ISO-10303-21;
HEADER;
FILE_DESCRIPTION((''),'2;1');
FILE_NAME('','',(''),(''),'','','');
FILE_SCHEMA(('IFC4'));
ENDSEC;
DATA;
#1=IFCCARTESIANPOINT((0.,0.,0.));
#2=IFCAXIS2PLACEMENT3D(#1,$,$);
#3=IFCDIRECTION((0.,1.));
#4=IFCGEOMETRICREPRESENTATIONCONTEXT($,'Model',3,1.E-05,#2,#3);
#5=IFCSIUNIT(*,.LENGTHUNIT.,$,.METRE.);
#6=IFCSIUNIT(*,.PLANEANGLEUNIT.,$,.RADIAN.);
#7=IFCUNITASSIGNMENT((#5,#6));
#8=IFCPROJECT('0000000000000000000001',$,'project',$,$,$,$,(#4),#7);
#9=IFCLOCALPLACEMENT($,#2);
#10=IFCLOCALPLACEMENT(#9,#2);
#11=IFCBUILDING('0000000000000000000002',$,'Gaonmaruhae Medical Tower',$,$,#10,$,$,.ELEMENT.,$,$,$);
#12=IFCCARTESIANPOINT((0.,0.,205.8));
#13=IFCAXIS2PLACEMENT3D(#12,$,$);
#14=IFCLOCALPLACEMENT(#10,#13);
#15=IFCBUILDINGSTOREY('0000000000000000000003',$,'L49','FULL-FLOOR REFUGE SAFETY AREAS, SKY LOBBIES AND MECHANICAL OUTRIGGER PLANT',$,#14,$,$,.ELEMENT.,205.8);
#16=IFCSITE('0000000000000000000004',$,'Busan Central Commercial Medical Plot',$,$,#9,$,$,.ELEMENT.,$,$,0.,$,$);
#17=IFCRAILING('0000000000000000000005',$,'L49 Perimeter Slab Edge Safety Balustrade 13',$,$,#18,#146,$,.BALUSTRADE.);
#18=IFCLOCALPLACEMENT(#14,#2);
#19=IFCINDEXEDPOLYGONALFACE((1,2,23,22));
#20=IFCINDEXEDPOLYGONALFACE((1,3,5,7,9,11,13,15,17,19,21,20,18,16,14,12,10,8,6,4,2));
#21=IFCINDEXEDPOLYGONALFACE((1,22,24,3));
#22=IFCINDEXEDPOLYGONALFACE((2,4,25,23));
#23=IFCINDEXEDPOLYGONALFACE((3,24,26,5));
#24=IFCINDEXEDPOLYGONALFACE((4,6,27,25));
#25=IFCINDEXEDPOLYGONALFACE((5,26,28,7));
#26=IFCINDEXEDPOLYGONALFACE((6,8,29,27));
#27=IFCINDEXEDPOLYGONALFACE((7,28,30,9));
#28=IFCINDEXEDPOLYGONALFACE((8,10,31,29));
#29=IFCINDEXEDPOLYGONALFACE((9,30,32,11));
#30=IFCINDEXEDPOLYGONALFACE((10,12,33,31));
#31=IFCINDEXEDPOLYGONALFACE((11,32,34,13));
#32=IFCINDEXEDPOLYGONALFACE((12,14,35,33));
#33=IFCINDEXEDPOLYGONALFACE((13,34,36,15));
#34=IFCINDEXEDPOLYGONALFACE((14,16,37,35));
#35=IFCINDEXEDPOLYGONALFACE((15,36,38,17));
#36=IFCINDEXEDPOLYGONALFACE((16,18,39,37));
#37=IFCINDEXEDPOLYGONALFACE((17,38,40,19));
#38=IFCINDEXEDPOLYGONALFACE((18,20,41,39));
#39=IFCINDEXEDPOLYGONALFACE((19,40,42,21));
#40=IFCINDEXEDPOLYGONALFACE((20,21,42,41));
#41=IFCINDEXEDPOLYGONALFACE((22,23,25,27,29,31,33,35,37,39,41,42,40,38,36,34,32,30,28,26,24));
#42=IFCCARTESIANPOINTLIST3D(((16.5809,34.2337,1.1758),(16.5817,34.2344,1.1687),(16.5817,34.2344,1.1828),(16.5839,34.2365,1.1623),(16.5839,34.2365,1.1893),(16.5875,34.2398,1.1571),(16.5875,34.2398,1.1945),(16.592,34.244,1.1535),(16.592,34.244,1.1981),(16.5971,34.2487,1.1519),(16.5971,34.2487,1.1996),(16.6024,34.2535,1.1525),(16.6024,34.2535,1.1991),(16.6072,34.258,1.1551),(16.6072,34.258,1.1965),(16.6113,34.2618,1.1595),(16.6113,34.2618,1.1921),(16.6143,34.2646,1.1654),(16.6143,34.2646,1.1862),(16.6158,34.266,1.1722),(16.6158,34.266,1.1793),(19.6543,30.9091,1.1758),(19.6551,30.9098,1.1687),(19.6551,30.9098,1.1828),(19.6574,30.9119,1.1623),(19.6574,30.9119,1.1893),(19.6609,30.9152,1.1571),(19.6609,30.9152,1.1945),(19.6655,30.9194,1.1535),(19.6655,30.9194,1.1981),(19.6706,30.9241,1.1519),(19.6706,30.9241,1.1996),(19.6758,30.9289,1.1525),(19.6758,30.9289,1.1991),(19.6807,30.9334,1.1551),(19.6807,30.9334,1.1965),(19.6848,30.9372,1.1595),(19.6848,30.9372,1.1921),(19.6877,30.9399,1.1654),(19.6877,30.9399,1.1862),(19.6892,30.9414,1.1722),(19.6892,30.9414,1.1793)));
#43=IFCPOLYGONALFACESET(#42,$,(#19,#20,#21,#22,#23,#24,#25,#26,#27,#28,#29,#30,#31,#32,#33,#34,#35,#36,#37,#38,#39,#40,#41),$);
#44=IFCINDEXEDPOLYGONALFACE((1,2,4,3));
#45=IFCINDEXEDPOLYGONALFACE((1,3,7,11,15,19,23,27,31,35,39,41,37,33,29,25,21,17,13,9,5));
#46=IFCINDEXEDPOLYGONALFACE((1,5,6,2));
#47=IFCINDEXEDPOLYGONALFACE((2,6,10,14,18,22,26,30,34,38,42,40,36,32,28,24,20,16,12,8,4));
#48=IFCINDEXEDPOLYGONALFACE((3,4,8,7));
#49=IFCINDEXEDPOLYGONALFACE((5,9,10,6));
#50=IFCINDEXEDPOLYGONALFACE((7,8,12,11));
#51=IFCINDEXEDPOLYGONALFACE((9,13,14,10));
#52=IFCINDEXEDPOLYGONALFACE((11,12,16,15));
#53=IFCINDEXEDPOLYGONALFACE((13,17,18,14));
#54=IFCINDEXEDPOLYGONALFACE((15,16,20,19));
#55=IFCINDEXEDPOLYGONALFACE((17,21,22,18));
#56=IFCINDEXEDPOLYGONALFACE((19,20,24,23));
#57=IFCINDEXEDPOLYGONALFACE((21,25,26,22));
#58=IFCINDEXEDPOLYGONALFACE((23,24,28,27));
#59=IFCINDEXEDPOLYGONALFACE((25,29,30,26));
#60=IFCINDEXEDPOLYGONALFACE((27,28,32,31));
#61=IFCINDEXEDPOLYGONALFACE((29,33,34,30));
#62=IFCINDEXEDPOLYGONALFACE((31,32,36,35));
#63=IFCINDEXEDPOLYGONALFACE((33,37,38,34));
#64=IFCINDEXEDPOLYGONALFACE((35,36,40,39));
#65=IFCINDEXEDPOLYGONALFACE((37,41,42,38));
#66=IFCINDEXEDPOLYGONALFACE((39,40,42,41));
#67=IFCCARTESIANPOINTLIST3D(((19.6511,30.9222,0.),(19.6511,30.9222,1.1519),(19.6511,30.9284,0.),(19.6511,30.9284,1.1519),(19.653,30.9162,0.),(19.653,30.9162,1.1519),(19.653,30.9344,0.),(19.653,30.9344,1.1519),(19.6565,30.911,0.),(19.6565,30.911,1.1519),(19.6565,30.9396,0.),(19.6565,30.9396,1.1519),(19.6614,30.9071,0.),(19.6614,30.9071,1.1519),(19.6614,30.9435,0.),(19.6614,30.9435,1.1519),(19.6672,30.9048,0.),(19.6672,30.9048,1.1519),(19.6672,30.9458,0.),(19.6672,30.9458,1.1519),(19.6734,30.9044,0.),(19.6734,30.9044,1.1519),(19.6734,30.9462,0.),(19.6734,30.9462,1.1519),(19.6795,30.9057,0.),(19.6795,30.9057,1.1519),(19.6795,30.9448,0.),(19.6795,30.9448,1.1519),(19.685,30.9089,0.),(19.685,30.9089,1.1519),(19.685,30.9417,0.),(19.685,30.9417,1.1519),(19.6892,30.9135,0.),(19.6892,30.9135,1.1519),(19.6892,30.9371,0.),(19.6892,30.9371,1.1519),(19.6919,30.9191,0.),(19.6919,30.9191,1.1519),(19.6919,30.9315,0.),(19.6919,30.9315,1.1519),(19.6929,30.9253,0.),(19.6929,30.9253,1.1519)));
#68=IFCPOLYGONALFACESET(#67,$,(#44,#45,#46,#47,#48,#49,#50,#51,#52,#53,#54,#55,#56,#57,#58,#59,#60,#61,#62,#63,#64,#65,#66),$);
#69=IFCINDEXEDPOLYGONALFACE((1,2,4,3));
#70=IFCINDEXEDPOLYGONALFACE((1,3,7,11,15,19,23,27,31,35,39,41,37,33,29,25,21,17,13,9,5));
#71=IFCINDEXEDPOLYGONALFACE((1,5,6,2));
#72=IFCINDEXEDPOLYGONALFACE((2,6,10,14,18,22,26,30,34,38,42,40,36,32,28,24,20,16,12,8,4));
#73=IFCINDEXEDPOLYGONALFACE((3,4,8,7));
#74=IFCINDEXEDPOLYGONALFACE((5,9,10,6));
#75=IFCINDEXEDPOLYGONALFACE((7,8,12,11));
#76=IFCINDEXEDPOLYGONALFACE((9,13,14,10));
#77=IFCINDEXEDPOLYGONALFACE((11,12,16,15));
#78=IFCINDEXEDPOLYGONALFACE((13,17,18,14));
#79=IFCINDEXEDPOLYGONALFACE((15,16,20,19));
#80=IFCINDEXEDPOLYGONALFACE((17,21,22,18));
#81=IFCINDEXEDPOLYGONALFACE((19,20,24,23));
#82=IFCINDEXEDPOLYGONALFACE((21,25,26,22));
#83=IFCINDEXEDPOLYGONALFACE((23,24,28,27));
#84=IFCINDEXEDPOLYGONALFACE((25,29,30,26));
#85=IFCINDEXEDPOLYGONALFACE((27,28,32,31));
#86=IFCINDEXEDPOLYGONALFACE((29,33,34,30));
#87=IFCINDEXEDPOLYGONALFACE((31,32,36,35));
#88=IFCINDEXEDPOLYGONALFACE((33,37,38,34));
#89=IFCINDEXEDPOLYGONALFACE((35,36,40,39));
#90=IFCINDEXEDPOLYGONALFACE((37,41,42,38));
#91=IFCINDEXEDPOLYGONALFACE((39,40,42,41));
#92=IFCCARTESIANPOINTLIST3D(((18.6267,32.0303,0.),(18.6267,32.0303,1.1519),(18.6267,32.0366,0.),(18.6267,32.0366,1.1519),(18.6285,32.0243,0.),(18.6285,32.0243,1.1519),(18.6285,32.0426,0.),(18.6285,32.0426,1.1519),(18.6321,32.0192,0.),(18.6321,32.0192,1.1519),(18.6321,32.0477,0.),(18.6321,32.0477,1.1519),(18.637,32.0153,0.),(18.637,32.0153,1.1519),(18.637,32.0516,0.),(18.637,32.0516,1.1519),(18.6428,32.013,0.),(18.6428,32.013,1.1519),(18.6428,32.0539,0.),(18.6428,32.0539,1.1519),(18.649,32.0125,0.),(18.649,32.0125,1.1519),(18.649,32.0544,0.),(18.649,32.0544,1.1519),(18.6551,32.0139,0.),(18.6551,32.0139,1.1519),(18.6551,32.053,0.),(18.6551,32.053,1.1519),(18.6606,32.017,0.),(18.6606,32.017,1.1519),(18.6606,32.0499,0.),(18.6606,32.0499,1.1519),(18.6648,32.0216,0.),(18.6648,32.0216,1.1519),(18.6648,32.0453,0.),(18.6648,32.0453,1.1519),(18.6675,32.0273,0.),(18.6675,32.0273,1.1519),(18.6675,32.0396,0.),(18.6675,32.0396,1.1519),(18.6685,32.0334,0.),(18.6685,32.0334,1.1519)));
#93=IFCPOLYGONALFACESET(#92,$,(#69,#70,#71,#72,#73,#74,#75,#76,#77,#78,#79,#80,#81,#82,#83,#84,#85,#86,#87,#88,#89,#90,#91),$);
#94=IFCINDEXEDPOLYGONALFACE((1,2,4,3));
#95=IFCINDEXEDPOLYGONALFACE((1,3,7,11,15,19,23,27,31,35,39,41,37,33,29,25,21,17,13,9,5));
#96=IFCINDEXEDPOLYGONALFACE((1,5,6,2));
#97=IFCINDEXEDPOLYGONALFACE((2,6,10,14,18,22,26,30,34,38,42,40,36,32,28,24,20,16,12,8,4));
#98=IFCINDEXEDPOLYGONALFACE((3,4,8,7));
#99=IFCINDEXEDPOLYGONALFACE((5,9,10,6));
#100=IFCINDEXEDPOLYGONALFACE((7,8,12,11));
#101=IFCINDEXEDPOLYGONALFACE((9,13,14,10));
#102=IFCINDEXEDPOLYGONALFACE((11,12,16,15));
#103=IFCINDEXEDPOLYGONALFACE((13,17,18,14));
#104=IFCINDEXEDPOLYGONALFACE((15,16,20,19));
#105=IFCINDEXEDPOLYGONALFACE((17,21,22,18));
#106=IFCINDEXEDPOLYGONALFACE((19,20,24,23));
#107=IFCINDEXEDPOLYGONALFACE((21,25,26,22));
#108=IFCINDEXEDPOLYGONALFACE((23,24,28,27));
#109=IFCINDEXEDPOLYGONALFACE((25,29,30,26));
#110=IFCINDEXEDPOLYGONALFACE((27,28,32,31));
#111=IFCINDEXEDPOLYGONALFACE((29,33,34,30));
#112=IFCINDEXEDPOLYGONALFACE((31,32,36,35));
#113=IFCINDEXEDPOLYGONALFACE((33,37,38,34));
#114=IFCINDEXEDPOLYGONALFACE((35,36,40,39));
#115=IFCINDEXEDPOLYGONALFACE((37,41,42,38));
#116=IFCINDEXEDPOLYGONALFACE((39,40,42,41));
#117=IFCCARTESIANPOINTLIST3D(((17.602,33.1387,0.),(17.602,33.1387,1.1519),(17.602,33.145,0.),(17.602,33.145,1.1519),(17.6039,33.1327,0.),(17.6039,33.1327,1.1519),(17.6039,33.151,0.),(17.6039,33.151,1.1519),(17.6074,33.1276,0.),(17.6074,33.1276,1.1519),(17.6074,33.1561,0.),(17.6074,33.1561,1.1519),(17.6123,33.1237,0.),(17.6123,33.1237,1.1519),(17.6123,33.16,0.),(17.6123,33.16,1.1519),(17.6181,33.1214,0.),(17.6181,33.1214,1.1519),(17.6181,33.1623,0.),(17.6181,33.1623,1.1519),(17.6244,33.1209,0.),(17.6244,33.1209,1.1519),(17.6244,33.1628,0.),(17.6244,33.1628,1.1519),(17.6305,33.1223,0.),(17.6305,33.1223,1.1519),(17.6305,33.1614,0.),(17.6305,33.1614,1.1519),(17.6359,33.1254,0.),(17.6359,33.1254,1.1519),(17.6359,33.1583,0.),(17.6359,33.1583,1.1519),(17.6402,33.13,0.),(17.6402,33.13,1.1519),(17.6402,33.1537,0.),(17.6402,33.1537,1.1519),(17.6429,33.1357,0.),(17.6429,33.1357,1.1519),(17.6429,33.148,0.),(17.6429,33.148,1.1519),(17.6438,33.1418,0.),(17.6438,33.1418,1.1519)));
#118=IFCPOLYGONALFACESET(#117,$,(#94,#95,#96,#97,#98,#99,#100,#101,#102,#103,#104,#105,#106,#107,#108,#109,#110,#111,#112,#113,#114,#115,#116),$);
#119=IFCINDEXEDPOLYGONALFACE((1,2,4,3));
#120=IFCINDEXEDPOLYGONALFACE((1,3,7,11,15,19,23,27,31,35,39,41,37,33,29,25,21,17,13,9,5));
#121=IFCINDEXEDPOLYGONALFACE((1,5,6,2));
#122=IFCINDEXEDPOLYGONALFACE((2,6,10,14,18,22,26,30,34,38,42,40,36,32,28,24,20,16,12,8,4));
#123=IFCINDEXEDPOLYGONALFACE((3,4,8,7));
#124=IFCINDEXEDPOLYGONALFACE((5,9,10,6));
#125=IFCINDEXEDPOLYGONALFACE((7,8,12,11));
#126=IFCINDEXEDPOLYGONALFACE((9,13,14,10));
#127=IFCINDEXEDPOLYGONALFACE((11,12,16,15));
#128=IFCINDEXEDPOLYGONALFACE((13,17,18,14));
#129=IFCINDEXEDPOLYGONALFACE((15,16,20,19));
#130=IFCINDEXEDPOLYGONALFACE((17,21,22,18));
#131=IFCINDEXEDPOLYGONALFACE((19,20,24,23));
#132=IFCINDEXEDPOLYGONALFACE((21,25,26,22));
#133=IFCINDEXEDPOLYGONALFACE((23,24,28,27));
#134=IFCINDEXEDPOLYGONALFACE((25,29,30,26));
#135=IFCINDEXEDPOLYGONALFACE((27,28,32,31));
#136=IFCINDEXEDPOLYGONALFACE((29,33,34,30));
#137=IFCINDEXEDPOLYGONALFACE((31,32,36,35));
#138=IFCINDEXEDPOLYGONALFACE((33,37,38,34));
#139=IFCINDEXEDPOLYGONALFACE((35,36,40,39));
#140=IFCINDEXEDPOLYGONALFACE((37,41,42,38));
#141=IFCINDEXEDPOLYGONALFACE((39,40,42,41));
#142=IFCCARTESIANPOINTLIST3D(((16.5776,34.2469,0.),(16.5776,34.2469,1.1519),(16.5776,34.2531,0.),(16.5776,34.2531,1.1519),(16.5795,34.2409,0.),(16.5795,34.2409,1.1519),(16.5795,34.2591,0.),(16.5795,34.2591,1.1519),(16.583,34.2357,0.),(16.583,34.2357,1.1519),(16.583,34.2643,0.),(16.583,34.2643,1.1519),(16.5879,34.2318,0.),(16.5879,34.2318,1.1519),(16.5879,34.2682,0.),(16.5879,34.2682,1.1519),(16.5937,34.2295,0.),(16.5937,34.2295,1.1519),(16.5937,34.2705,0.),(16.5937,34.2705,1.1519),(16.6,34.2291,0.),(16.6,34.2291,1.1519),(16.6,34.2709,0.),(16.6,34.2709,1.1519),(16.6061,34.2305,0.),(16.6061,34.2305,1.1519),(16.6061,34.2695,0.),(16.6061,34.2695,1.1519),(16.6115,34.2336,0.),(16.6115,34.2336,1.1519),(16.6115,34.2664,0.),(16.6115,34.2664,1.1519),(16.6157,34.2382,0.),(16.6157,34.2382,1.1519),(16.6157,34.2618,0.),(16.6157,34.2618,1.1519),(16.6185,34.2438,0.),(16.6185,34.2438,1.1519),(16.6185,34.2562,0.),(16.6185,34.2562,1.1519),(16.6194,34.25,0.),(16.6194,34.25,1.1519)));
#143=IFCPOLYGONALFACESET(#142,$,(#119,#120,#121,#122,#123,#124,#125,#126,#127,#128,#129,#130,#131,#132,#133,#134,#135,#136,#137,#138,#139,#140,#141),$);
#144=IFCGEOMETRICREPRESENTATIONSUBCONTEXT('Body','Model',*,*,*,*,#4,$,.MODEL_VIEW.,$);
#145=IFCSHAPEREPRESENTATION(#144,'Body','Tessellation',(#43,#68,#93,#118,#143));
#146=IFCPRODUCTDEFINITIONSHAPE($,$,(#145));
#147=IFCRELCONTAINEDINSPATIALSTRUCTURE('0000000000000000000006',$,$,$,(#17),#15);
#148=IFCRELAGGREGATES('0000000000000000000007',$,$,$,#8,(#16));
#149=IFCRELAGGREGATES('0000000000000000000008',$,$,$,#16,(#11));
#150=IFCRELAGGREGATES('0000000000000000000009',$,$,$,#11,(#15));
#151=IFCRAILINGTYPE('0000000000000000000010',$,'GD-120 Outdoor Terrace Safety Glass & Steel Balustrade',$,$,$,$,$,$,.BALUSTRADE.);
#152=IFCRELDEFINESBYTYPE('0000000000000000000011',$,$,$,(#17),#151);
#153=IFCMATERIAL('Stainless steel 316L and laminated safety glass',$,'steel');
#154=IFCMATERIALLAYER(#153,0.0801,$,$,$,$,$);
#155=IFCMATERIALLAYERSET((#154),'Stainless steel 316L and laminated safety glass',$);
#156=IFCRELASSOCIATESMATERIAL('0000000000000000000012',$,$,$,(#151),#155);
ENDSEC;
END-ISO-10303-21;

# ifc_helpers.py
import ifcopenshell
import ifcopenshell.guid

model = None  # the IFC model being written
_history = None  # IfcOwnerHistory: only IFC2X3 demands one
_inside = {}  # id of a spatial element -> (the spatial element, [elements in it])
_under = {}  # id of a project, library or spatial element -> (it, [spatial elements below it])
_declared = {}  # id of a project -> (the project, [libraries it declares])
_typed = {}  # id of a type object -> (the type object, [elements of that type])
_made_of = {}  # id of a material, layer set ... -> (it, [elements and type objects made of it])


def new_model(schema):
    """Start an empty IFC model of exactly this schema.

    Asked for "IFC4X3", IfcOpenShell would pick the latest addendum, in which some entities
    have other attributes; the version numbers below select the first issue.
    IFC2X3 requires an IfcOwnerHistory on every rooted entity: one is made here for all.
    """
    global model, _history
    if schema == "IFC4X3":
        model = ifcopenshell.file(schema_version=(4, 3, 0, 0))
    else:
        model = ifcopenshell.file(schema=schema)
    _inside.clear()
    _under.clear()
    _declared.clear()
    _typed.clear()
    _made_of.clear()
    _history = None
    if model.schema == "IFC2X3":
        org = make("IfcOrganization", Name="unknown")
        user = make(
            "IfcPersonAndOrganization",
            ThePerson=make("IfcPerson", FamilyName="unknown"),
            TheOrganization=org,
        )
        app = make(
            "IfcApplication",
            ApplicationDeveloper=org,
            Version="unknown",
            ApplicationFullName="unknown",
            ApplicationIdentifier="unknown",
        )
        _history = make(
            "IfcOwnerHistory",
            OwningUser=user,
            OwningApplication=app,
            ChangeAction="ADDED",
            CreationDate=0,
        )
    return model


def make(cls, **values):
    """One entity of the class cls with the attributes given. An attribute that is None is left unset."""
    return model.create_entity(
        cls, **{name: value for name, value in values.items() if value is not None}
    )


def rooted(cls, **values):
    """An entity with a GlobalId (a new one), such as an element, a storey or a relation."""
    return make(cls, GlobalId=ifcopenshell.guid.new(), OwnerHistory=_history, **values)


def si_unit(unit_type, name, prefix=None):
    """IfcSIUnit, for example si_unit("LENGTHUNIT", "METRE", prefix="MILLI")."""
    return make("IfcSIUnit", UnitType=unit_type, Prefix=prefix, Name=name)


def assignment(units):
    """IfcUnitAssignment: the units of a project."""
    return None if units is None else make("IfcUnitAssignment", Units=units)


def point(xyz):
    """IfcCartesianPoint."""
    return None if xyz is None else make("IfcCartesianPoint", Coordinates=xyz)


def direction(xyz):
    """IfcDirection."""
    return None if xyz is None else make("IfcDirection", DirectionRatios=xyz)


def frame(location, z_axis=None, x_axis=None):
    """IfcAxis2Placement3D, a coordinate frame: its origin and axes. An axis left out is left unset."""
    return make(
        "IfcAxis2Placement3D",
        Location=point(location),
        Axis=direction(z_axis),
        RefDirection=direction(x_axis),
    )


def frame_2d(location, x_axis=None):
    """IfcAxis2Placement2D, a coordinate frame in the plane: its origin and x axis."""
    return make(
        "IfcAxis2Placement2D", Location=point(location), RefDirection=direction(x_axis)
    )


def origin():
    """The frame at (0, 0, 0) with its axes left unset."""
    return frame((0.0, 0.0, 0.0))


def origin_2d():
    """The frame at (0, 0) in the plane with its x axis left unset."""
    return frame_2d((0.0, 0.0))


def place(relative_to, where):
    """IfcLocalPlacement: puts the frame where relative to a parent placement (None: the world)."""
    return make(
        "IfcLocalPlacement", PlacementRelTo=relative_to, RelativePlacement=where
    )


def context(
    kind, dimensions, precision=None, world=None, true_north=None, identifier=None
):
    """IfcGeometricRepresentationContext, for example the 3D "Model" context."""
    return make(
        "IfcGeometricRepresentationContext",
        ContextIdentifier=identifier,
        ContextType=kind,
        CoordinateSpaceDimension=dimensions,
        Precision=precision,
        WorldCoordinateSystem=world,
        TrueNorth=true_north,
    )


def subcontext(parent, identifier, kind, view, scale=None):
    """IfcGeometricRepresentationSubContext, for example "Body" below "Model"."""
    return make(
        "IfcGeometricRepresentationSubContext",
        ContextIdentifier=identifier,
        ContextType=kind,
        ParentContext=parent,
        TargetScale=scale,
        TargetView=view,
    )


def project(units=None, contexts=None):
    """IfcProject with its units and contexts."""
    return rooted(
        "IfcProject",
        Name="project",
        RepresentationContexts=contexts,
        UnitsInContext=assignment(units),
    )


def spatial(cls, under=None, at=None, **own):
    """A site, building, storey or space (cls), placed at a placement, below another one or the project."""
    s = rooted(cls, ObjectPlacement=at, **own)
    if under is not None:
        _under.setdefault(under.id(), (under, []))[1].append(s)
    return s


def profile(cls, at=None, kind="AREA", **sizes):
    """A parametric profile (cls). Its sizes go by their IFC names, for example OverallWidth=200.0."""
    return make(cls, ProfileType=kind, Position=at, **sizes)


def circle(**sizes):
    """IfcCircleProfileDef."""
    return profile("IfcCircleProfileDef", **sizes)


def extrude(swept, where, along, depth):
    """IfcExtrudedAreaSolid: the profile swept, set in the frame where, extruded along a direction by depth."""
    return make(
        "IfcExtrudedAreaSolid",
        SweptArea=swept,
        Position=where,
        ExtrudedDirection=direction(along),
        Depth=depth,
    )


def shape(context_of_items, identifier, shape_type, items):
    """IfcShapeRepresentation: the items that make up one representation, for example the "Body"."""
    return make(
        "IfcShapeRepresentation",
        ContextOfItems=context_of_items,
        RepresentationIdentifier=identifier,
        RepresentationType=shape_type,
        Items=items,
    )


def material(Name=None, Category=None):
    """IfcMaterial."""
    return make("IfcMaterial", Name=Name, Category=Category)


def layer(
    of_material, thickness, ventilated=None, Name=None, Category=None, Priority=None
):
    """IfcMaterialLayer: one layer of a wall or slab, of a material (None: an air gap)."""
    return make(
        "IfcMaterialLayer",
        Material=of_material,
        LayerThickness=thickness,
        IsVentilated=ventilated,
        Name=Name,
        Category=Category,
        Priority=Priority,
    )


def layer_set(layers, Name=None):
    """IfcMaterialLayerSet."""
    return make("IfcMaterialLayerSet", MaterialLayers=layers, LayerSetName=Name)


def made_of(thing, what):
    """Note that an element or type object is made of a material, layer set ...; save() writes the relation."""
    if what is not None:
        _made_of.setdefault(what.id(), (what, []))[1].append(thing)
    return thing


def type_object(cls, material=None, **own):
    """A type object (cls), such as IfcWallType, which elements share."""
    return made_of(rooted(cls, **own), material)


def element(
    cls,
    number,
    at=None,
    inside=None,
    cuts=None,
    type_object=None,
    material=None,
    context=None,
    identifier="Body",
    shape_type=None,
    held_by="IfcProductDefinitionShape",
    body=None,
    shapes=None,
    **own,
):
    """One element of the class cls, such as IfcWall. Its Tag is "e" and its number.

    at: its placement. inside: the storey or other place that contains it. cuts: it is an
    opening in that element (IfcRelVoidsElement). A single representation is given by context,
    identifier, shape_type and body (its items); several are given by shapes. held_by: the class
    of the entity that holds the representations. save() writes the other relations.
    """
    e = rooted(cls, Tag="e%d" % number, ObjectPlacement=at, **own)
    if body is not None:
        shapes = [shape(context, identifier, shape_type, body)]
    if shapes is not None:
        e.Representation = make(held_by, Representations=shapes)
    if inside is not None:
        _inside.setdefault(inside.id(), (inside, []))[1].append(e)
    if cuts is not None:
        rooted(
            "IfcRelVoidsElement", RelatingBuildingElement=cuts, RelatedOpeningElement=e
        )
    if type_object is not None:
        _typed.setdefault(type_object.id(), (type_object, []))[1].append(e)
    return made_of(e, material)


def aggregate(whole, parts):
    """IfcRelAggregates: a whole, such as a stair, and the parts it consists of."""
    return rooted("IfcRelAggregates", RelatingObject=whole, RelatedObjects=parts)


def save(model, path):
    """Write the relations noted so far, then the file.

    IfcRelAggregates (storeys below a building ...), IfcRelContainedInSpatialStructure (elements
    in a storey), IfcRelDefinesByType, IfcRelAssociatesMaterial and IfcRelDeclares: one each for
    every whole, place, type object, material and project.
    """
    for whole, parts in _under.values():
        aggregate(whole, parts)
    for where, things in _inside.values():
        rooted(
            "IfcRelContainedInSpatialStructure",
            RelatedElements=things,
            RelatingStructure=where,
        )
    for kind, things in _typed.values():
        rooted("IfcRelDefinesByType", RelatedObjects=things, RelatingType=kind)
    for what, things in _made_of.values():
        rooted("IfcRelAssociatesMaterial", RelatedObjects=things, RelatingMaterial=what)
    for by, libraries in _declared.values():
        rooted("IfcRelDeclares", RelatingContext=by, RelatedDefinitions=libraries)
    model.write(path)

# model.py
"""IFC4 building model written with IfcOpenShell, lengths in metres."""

from ifc_helpers import new_model, si_unit, direction, frame, origin, origin_2d, place, context, subcontext, project, spatial, circle, extrude, material, layer, layer_set, type_object, element, save


model = new_model("IFC4")

# Units and contexts
model_context = context("Model", 3, precision=1e-05, world=origin(), true_north=direction((0.0, 1.0)))
body_context = subcontext(model_context, "Body", "Model", "MODEL_VIEW")
ifc_project = project(units=[si_unit("LENGTHUNIT", "METRE"), si_unit("PLANEANGLEUNIT", "RADIAN")], contexts=[model_context])

# Site, building, storey
site_placement = place(None, origin())
site = spatial("IfcSite", under=ifc_project, at=site_placement, Name="Busan Central Commercial Medical Plot", CompositionType="ELEMENT", RefElevation=0.0)
building_placement = place(site_placement, origin())
building = spatial("IfcBuilding", under=site, at=building_placement, Name="Gaonmaruhae Medical Tower", CompositionType="ELEMENT")
storey_placement = place(building_placement, frame((0.0, 0.0, 205.8)))
storey = spatial("IfcBuildingStorey", under=building, at=storey_placement, Name="L49", Description="FULL-FLOOR REFUGE SAFETY AREAS, SKY LOBBIES AND MECHANICAL OUTRIGGER PLANT", CompositionType="ELEMENT", Elevation=205.8)

# Railing
ifc_material_1 = material(Name="Stainless steel 316L and laminated safety glass", Category="steel")
ifc_layer_1 = layer(ifc_material_1, 0.0801)
ifc_layer_set_1 = layer_set([ifc_layer_1], Name="Stainless steel 316L and laminated safety glass")
railing_type = type_object("IfcRailingType", Name="GD-120 Outdoor Terrace Safety Glass & Steel Balustrade", PredefinedType="BALUSTRADE", material=ifc_layer_set_1)
railing_1_placement = place(storey_placement, frame((19.6719, 30.9253, 0.0)))
element("IfcRailing", 1, at=railing_1_placement, inside=storey, type_object=railing_type, Name="L49 Perimeter Slab Edge Safety Balustrade 13", PredefinedType="BALUSTRADE", context=body_context, shape_type="SweptSolid", body=[
    extrude(circle(Radius=0.0239, at=origin_2d()), frame((0.0, 0.0, 1.1758), z_axis=(-0.67882, 0.734305, 0.0), x_axis=(-0.734305, -0.67882, 0.0)), (0.0, 0.0, 1.0), 4.5276),
    extrude(circle(Radius=0.021, at=origin_2d()), origin(), (0.0, 0.0, 1.0), 1.1519),
    extrude(circle(Radius=0.021, at=origin_2d()), frame((-1.0244, 1.1082, 0.0)), (0.0, 0.0, 1.0), 1.1519),
    extrude(circle(Radius=0.021, at=origin_2d()), frame((-2.0491, 2.2166, 0.0)), (0.0, 0.0, 1.0), 1.1519),
    extrude(circle(Radius=0.021, at=origin_2d()), frame((-3.0735, 3.3247, 0.0)), (0.0, 0.0, 1.0), 1.1519),
])

save(model, "model.ifc")
